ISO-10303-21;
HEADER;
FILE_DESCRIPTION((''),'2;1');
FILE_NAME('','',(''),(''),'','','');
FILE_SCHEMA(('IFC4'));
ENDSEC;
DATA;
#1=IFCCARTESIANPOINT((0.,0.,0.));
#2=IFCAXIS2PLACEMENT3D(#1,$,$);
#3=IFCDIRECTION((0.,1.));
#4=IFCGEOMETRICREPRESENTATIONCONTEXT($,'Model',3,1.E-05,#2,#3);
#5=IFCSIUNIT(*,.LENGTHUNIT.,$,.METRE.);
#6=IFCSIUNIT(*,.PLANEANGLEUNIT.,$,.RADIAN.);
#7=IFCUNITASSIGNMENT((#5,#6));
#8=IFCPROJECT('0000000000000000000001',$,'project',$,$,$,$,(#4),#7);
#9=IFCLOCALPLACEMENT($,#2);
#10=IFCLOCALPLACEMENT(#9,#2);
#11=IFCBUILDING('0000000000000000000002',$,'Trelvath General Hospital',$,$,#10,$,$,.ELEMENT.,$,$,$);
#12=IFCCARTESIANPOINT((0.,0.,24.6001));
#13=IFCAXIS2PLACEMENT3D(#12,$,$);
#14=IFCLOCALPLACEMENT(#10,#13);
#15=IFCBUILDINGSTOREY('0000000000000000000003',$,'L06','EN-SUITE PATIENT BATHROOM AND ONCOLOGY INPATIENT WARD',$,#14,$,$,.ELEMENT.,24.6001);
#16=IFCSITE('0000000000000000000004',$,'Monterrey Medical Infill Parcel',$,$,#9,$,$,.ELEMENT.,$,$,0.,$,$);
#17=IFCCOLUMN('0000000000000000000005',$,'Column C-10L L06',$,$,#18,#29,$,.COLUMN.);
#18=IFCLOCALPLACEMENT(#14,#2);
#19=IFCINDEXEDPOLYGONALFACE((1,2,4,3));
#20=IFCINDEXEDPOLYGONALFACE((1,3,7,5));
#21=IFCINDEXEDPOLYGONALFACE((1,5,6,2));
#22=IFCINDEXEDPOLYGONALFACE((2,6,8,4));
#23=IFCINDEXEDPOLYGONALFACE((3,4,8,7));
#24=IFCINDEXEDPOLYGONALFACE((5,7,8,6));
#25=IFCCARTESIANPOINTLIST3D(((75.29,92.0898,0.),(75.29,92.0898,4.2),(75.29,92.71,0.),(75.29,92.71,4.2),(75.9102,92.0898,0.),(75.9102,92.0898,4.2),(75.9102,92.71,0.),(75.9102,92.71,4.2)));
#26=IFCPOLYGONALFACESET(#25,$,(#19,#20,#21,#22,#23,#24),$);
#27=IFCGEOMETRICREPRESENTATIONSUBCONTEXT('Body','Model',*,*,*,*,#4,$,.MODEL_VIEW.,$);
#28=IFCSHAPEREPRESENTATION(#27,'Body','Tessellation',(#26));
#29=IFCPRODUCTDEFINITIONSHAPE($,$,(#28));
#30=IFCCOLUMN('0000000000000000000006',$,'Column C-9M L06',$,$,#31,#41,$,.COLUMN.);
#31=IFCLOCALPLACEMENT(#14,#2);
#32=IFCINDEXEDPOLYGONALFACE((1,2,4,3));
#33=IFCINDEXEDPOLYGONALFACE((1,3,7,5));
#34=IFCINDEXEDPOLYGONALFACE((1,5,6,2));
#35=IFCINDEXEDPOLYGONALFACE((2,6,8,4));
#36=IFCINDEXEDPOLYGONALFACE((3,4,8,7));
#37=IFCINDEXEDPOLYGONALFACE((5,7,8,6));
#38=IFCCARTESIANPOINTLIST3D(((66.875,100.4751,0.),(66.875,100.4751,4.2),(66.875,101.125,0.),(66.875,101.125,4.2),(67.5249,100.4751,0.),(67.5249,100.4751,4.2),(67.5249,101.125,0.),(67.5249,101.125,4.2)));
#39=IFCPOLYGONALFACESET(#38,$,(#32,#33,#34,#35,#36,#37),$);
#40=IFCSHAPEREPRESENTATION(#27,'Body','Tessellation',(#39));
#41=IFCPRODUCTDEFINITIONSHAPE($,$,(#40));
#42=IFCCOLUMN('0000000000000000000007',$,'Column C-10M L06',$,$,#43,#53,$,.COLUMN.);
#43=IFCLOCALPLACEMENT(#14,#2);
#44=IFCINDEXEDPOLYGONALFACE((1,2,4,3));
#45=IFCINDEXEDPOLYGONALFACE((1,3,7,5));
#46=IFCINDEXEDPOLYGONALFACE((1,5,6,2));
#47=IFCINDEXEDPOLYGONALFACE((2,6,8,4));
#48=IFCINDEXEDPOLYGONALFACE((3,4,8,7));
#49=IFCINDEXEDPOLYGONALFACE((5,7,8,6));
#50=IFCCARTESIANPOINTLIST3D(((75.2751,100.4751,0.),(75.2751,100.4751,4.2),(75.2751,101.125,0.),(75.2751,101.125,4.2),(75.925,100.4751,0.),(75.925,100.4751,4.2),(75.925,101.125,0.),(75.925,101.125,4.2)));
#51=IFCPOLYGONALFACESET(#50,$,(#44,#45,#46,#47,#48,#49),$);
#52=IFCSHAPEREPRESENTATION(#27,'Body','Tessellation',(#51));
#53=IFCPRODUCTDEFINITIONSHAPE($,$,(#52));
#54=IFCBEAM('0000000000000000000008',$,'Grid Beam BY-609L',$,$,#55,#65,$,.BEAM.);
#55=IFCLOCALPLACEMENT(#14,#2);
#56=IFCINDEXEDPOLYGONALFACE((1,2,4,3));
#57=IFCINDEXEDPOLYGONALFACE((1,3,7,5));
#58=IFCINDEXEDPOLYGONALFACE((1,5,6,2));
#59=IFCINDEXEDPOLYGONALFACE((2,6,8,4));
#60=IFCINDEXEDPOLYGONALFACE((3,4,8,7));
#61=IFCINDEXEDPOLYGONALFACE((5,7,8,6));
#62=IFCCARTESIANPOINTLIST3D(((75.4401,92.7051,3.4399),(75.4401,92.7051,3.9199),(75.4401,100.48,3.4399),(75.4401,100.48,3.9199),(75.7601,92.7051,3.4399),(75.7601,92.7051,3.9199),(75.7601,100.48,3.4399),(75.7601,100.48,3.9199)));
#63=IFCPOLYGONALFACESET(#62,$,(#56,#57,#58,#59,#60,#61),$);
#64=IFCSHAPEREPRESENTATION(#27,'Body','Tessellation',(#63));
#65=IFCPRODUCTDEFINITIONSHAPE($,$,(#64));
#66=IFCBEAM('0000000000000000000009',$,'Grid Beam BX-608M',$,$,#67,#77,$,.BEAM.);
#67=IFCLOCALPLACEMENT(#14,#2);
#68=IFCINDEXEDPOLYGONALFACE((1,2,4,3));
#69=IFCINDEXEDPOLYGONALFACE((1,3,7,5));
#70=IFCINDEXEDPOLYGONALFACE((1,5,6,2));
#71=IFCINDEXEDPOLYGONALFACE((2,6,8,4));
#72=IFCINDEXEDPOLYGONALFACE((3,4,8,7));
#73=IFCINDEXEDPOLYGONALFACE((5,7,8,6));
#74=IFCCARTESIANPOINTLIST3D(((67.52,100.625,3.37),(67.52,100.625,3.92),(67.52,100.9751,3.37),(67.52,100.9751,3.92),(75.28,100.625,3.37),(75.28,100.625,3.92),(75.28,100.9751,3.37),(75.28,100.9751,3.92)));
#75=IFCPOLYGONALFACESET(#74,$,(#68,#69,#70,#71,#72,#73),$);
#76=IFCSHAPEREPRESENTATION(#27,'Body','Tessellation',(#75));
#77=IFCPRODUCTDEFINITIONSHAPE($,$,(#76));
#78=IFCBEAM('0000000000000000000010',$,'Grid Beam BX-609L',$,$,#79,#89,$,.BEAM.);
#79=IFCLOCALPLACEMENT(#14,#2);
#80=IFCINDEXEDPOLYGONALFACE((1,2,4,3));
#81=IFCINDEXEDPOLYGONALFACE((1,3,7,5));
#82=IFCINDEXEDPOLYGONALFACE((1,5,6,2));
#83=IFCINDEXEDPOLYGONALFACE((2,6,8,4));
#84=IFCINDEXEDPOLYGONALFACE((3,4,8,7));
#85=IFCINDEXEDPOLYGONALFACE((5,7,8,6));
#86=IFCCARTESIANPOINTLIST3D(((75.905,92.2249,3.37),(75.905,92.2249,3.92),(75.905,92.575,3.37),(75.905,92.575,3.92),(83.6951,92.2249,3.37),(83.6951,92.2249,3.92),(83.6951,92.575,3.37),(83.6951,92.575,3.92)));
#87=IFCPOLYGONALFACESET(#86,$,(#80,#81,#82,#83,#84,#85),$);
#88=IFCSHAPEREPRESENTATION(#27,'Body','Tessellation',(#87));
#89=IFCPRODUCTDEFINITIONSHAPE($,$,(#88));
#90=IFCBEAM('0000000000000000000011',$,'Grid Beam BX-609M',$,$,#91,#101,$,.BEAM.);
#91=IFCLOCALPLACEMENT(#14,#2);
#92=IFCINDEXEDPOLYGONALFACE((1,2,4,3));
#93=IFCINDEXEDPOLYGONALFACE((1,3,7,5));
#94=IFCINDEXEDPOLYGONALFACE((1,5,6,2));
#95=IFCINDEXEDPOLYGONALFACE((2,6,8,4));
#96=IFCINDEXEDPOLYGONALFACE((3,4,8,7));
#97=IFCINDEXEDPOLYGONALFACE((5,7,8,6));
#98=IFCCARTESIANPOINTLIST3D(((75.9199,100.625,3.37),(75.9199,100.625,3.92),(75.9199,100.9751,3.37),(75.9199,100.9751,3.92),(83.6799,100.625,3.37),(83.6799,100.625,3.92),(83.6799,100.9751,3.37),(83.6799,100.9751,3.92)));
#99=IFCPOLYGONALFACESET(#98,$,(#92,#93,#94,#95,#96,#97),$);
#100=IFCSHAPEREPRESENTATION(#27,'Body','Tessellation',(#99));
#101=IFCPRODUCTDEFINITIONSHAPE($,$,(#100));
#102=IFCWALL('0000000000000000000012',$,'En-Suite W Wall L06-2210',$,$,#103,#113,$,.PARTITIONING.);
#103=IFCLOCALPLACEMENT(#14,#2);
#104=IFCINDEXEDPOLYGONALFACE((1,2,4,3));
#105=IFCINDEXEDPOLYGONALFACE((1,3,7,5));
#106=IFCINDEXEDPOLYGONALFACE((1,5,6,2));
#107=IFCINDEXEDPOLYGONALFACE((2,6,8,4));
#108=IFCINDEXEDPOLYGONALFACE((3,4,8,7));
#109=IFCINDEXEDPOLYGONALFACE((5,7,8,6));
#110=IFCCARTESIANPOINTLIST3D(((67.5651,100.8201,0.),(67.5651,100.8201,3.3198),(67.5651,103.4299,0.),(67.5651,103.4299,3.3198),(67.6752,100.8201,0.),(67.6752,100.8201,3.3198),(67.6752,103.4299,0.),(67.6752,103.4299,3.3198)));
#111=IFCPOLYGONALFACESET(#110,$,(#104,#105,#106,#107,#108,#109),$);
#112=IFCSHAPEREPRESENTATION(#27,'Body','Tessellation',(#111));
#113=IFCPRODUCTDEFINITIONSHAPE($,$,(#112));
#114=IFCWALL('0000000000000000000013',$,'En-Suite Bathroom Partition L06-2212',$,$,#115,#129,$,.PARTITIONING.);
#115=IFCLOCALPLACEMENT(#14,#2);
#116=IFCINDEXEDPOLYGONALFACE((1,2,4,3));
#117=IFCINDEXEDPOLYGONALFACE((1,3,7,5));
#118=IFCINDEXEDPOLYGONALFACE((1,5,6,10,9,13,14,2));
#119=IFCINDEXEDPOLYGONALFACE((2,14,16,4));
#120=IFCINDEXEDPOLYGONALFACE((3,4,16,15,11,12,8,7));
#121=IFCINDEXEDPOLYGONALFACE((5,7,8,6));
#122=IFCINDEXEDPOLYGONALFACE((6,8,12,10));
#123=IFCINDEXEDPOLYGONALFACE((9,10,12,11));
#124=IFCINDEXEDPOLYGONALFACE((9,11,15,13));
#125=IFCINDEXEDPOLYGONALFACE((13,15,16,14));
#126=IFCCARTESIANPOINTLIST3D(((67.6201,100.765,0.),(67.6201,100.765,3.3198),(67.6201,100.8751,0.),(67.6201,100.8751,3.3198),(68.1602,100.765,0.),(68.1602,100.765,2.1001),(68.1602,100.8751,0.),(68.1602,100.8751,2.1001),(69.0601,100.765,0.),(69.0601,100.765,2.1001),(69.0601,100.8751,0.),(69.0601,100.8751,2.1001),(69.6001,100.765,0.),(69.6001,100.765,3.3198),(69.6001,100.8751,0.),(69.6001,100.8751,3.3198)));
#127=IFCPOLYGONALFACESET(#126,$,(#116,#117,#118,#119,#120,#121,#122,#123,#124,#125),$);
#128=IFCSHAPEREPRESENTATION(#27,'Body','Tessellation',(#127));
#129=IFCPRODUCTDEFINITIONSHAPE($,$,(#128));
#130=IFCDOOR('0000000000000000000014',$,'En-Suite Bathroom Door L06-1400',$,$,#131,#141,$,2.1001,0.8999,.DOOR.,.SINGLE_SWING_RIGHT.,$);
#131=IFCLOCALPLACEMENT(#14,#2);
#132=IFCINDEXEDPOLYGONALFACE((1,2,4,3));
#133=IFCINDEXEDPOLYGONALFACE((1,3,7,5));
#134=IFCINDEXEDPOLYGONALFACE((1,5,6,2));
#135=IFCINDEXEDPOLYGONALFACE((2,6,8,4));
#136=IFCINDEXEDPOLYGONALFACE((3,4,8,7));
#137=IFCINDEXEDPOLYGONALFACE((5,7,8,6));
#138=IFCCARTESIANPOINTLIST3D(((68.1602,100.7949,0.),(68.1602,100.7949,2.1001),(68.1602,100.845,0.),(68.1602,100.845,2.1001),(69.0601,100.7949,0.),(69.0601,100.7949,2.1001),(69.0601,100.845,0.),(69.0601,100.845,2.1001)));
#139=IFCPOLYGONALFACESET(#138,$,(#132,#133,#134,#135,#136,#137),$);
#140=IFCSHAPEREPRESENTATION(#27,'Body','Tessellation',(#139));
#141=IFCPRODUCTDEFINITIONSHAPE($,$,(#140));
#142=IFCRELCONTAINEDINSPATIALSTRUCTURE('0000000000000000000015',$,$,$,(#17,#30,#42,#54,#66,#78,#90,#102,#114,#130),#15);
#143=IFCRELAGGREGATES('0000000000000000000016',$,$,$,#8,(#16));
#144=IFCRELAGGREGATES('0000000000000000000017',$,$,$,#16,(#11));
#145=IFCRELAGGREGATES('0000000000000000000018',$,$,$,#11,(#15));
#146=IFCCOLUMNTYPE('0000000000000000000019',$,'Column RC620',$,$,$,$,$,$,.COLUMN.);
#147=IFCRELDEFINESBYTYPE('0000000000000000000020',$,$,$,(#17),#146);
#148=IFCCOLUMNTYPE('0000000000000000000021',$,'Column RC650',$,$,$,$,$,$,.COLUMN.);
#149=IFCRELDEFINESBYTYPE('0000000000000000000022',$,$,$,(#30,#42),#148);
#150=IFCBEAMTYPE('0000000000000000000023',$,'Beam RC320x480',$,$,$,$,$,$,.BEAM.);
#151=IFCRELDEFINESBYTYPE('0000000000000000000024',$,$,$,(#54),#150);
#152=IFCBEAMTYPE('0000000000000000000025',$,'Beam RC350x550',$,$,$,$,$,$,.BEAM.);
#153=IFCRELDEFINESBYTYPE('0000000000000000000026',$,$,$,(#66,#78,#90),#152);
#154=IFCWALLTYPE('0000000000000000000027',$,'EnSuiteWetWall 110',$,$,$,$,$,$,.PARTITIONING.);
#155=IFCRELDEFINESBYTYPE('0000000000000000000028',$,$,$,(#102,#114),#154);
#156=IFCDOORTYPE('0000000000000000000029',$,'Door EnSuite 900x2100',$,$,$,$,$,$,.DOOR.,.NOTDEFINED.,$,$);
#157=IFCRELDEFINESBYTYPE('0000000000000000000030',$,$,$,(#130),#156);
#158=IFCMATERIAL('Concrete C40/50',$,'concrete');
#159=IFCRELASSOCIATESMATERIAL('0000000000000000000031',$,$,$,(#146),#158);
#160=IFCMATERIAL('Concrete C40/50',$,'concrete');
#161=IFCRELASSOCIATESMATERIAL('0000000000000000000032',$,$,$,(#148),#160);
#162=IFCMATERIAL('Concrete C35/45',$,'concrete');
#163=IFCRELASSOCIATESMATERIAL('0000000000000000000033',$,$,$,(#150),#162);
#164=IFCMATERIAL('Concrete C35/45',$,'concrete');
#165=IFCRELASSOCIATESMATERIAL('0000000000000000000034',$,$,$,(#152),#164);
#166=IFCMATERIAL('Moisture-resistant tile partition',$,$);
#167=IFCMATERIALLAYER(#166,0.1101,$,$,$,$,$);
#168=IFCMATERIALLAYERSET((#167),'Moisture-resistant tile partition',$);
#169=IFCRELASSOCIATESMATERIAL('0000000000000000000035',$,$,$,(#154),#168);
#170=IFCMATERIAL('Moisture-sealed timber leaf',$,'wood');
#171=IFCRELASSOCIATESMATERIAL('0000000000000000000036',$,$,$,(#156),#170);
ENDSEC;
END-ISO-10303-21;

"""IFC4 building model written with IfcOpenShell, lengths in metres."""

from ifc_helpers import new_model, si_unit, direction, frame, frame_2d, origin, origin_2d, place, context, subcontext, project, spatial, rectangle, extrude, material, layer, layer_set, material_profile, profile_set, type_object, element, fill, save


model = new_model("IFC4")

# Units and contexts
model_context = context("Model", 3, precision=1e-05, world=origin(), true_north=direction((0.0, 1.0)))
body_context = subcontext(model_context, "Body", "Model", "MODEL_VIEW")
ifc_project = project(units=[si_unit("LENGTHUNIT", "METRE"), si_unit("PLANEANGLEUNIT", "RADIAN")], contexts=[model_context])

# Site, building, storey
site_placement = place(None, origin())
site = spatial("IfcSite", under=ifc_project, at=site_placement, Name="Monterrey Medical Infill Parcel", CompositionType="ELEMENT", RefElevation=0.0)
building_placement = place(site_placement, origin())
building = spatial("IfcBuilding", under=site, at=building_placement, Name="Trelvath General Hospital", CompositionType="ELEMENT")
storey_placement = place(building_placement, frame((0.0, 0.0, 24.6001)))
storey = spatial("IfcBuildingStorey", under=building, at=storey_placement, Name="L06", Description="EN-SUITE PATIENT BATHROOM AND ONCOLOGY INPATIENT WARD", CompositionType="ELEMENT", Elevation=24.6001)

# Columns
ifc_material_1 = material(Name="Concrete C40/50", Category="concrete")
ifc_material_profile_1 = material_profile(ifc_material_1, rectangle(XDim=0.6201, YDim=0.6201, at=origin_2d()), Name="RC620x620")
ifc_profile_set_1 = profile_set([ifc_material_profile_1], Name="Concrete C40/50")
column_type_1 = type_object("IfcColumnType", Name="Column RC620", PredefinedType="COLUMN", material=ifc_profile_set_1)
column_placement = place(storey_placement, frame((75.6001, 92.3999, 0.0), z_axis=(0.0, 0.0, 1.0), x_axis=(1.0, 0.0, 0.0)))
element("IfcColumn", 1, at=column_placement, inside=storey, type_object=column_type_1, Name="Column C-10L L06", PredefinedType="COLUMN", context=body_context, shape_type="SweptSolid", body=[
    extrude(rectangle(XDim=0.6201, YDim=0.6201, at=origin_2d()), origin(), (0.0, 0.0, 1.0), 4.2),
])
ifc_material_2 = material(Name="Concrete C40/50", Category="concrete")
ifc_material_profile_2 = material_profile(ifc_material_2, rectangle(XDim=0.6499, YDim=0.6499, at=origin_2d()), Name="RC650x650")
ifc_profile_set_2 = profile_set([ifc_material_profile_2], Name="Concrete C40/50")
column_type_2 = type_object("IfcColumnType", Name="Column RC650", PredefinedType="COLUMN", material=ifc_profile_set_2)
for number, where, z_axis, x_axis, name in (
    (2, (67.2, 100.8, 0.0), (0.0, 0.0, 1.0), (1.0, 0.0, 0.0), "Column C-9M L06"),
    (3, (75.6001, 100.8, 0.0), (0.0, 0.0, 1.0), (1.0, 0.0, 0.0), "Column C-10M L06"),
):
    element("IfcColumn", number, at=place(storey_placement, frame(where, z_axis=z_axis, x_axis=x_axis)), inside=storey, type_object=column_type_2, Name=name, PredefinedType="COLUMN", context=body_context, shape_type="SweptSolid", body=[
        extrude(rectangle(XDim=0.6499, YDim=0.6499, at=origin_2d()), origin(), (0.0, 0.0, 1.0), 4.2),
    ])

# Beams
ifc_material_3 = material(Name="Concrete C35/45", Category="concrete")
ifc_material_profile_3 = material_profile(ifc_material_3, rectangle(XDim=0.3201, YDim=0.48, at=origin_2d()), Name="RCB320x480")
ifc_profile_set_3 = profile_set([ifc_material_profile_3], Name="Concrete C35/45")
beam_type_1 = type_object("IfcBeamType", Name="Beam RC320x480", PredefinedType="BEAM", material=ifc_profile_set_3)
beam_1_placement = place(storey_placement, frame((75.6001, 92.7051, 3.6799), z_axis=(0.0, 1.0, 0.0), x_axis=(-1.0, 0.0, 0.0)))
element("IfcBeam", 4, at=beam_1_placement, inside=storey, type_object=beam_type_1, Name="Grid Beam BY-609L", PredefinedType="BEAM", context=body_context, shape_type="SweptSolid", body=[
    extrude(rectangle(XDim=0.3201, YDim=0.48, at=origin_2d()), origin(), (0.0, 0.0, 1.0), 7.7749),
])
ifc_material_4 = material(Name="Concrete C35/45", Category="concrete")
ifc_material_profile_4 = material_profile(ifc_material_4, rectangle(XDim=0.3501, YDim=0.55, at=origin_2d()), Name="RCB350x550")
ifc_profile_set_4 = profile_set([ifc_material_profile_4], Name="Concrete C35/45")
beam_type_2 = type_object("IfcBeamType", Name="Beam RC350x550", PredefinedType="BEAM", material=ifc_profile_set_4)
beam_2_placement = place(storey_placement, frame((67.52, 100.8, 3.645), z_axis=(1.0, 0.0, 0.0), x_axis=(0.0, 1.0, 0.0)))
element("IfcBeam", 5, at=beam_2_placement, inside=storey, type_object=beam_type_2, Name="Grid Beam BX-608M", PredefinedType="BEAM", context=body_context, shape_type="SweptSolid", body=[
    extrude(rectangle(XDim=0.3501, YDim=0.55, at=origin_2d()), origin(), (0.0, 0.0, 1.0), 7.76),
])
beam_3_placement = place(storey_placement, frame((75.905, 92.3999, 3.645), z_axis=(1.0, 0.0, 0.0), x_axis=(0.0, 1.0, 0.0)))
element("IfcBeam", 6, at=beam_3_placement, inside=storey, type_object=beam_type_2, Name="Grid Beam BX-609L", PredefinedType="BEAM", context=body_context, shape_type="SweptSolid", body=[
    extrude(rectangle(XDim=0.3501, YDim=0.55, at=origin_2d()), origin(), (0.0, 0.0, 1.0), 7.79),
])
beam_4_placement = place(storey_placement, frame((75.9199, 100.8, 3.645), z_axis=(1.0, 0.0, 0.0), x_axis=(0.0, 1.0, 0.0)))
element("IfcBeam", 7, at=beam_4_placement, inside=storey, type_object=beam_type_2, Name="Grid Beam BX-609M", PredefinedType="BEAM", context=body_context, shape_type="SweptSolid", body=[
    extrude(rectangle(XDim=0.3501, YDim=0.55, at=origin_2d()), origin(), (0.0, 0.0, 1.0), 7.76),
])

# Wall
ifc_material_5 = material(Name="Moisture-resistant tile partition")
ifc_layer_1 = layer(ifc_material_5, 0.1101)
ifc_layer_set_1 = layer_set([ifc_layer_1], Name="Moisture-resistant tile partition")
wall_type_1 = type_object("IfcWallType", Name="EnSuiteWetWall 110", PredefinedType="PARTITIONING", material=ifc_layer_set_1)
wall_1_placement = place(storey_placement, frame((67.6201, 100.8201, 0.0), z_axis=(0.0, 0.0, 1.0), x_axis=(0.0, 1.0, 0.0)))
element("IfcWall", 8, at=wall_1_placement, inside=storey, type_object=wall_type_1, Name="En-Suite W Wall L06-2210", PredefinedType="PARTITIONING", context=body_context, shape_type="SweptSolid", body=[
    extrude(rectangle(XDim=2.6099, YDim=0.1101, at=frame_2d((1.3049, 0.0))), origin(), (0.0, 0.0, 1.0), 3.3198),
])

# Wall, opening, door
wall_2_placement = place(storey_placement, frame((67.6201, 100.8201, 0.0), z_axis=(0.0, 0.0, 1.0), x_axis=(1.0, 0.0, 0.0)))
wall_2 = element("IfcWall", 9, at=wall_2_placement, inside=storey, type_object=wall_type_1, Name="En-Suite Bathroom Partition L06-2212", PredefinedType="PARTITIONING", context=body_context, shape_type="SweptSolid", body=[
    extrude(rectangle(XDim=1.98, YDim=0.1101, at=frame_2d((0.99, 0.0))), origin(), (0.0, 0.0, 1.0), 3.3198),
])
opening_1_placement = place(wall_2_placement, frame((0.54, 0.0, 0.0)))
opening_1 = element("IfcOpeningElement", 10, at=opening_1_placement, cuts=wall_2, PredefinedType="OPENING", context=body_context, shape_type="SweptSolid", body=[
    extrude(rectangle(XDim=0.8999, YDim=2.1001, at=frame_2d((0.45, 1.05))), frame((0.0, 0.0649, 0.0), z_axis=(0.0, -1.0, 0.0), x_axis=(1.0, 0.0, 0.0)), (0.0, 0.0, 1.0), 0.1301),
])
ifc_material_6 = material(Name="Moisture-sealed timber leaf", Category="wood")
door_type = type_object("IfcDoorType", Name="Door EnSuite 900x2100", OperationType="NOTDEFINED", PredefinedType="DOOR", material=ifc_material_6)
door_placement = place(opening_1_placement, origin())
door = element("IfcDoor", 11, at=door_placement, inside=storey, type_object=door_type, Name="En-Suite Bathroom Door L06-1400", OperationType="SINGLE_SWING_RIGHT", OverallHeight=2.1001, OverallWidth=0.8999, PredefinedType="DOOR", context=body_context, shape_type="SweptSolid", body=[
    extrude(rectangle(XDim=0.8999, YDim=2.1001, at=frame_2d((0.45, 1.05))), frame((0.0, 0.0249, 0.0), z_axis=(0.0, -1.0, 0.0), x_axis=(1.0, 0.0, 0.0)), (0.0, 0.0, 1.0), 0.05),
])
fill(opening_1, door)

save(model, "model.ifc")
